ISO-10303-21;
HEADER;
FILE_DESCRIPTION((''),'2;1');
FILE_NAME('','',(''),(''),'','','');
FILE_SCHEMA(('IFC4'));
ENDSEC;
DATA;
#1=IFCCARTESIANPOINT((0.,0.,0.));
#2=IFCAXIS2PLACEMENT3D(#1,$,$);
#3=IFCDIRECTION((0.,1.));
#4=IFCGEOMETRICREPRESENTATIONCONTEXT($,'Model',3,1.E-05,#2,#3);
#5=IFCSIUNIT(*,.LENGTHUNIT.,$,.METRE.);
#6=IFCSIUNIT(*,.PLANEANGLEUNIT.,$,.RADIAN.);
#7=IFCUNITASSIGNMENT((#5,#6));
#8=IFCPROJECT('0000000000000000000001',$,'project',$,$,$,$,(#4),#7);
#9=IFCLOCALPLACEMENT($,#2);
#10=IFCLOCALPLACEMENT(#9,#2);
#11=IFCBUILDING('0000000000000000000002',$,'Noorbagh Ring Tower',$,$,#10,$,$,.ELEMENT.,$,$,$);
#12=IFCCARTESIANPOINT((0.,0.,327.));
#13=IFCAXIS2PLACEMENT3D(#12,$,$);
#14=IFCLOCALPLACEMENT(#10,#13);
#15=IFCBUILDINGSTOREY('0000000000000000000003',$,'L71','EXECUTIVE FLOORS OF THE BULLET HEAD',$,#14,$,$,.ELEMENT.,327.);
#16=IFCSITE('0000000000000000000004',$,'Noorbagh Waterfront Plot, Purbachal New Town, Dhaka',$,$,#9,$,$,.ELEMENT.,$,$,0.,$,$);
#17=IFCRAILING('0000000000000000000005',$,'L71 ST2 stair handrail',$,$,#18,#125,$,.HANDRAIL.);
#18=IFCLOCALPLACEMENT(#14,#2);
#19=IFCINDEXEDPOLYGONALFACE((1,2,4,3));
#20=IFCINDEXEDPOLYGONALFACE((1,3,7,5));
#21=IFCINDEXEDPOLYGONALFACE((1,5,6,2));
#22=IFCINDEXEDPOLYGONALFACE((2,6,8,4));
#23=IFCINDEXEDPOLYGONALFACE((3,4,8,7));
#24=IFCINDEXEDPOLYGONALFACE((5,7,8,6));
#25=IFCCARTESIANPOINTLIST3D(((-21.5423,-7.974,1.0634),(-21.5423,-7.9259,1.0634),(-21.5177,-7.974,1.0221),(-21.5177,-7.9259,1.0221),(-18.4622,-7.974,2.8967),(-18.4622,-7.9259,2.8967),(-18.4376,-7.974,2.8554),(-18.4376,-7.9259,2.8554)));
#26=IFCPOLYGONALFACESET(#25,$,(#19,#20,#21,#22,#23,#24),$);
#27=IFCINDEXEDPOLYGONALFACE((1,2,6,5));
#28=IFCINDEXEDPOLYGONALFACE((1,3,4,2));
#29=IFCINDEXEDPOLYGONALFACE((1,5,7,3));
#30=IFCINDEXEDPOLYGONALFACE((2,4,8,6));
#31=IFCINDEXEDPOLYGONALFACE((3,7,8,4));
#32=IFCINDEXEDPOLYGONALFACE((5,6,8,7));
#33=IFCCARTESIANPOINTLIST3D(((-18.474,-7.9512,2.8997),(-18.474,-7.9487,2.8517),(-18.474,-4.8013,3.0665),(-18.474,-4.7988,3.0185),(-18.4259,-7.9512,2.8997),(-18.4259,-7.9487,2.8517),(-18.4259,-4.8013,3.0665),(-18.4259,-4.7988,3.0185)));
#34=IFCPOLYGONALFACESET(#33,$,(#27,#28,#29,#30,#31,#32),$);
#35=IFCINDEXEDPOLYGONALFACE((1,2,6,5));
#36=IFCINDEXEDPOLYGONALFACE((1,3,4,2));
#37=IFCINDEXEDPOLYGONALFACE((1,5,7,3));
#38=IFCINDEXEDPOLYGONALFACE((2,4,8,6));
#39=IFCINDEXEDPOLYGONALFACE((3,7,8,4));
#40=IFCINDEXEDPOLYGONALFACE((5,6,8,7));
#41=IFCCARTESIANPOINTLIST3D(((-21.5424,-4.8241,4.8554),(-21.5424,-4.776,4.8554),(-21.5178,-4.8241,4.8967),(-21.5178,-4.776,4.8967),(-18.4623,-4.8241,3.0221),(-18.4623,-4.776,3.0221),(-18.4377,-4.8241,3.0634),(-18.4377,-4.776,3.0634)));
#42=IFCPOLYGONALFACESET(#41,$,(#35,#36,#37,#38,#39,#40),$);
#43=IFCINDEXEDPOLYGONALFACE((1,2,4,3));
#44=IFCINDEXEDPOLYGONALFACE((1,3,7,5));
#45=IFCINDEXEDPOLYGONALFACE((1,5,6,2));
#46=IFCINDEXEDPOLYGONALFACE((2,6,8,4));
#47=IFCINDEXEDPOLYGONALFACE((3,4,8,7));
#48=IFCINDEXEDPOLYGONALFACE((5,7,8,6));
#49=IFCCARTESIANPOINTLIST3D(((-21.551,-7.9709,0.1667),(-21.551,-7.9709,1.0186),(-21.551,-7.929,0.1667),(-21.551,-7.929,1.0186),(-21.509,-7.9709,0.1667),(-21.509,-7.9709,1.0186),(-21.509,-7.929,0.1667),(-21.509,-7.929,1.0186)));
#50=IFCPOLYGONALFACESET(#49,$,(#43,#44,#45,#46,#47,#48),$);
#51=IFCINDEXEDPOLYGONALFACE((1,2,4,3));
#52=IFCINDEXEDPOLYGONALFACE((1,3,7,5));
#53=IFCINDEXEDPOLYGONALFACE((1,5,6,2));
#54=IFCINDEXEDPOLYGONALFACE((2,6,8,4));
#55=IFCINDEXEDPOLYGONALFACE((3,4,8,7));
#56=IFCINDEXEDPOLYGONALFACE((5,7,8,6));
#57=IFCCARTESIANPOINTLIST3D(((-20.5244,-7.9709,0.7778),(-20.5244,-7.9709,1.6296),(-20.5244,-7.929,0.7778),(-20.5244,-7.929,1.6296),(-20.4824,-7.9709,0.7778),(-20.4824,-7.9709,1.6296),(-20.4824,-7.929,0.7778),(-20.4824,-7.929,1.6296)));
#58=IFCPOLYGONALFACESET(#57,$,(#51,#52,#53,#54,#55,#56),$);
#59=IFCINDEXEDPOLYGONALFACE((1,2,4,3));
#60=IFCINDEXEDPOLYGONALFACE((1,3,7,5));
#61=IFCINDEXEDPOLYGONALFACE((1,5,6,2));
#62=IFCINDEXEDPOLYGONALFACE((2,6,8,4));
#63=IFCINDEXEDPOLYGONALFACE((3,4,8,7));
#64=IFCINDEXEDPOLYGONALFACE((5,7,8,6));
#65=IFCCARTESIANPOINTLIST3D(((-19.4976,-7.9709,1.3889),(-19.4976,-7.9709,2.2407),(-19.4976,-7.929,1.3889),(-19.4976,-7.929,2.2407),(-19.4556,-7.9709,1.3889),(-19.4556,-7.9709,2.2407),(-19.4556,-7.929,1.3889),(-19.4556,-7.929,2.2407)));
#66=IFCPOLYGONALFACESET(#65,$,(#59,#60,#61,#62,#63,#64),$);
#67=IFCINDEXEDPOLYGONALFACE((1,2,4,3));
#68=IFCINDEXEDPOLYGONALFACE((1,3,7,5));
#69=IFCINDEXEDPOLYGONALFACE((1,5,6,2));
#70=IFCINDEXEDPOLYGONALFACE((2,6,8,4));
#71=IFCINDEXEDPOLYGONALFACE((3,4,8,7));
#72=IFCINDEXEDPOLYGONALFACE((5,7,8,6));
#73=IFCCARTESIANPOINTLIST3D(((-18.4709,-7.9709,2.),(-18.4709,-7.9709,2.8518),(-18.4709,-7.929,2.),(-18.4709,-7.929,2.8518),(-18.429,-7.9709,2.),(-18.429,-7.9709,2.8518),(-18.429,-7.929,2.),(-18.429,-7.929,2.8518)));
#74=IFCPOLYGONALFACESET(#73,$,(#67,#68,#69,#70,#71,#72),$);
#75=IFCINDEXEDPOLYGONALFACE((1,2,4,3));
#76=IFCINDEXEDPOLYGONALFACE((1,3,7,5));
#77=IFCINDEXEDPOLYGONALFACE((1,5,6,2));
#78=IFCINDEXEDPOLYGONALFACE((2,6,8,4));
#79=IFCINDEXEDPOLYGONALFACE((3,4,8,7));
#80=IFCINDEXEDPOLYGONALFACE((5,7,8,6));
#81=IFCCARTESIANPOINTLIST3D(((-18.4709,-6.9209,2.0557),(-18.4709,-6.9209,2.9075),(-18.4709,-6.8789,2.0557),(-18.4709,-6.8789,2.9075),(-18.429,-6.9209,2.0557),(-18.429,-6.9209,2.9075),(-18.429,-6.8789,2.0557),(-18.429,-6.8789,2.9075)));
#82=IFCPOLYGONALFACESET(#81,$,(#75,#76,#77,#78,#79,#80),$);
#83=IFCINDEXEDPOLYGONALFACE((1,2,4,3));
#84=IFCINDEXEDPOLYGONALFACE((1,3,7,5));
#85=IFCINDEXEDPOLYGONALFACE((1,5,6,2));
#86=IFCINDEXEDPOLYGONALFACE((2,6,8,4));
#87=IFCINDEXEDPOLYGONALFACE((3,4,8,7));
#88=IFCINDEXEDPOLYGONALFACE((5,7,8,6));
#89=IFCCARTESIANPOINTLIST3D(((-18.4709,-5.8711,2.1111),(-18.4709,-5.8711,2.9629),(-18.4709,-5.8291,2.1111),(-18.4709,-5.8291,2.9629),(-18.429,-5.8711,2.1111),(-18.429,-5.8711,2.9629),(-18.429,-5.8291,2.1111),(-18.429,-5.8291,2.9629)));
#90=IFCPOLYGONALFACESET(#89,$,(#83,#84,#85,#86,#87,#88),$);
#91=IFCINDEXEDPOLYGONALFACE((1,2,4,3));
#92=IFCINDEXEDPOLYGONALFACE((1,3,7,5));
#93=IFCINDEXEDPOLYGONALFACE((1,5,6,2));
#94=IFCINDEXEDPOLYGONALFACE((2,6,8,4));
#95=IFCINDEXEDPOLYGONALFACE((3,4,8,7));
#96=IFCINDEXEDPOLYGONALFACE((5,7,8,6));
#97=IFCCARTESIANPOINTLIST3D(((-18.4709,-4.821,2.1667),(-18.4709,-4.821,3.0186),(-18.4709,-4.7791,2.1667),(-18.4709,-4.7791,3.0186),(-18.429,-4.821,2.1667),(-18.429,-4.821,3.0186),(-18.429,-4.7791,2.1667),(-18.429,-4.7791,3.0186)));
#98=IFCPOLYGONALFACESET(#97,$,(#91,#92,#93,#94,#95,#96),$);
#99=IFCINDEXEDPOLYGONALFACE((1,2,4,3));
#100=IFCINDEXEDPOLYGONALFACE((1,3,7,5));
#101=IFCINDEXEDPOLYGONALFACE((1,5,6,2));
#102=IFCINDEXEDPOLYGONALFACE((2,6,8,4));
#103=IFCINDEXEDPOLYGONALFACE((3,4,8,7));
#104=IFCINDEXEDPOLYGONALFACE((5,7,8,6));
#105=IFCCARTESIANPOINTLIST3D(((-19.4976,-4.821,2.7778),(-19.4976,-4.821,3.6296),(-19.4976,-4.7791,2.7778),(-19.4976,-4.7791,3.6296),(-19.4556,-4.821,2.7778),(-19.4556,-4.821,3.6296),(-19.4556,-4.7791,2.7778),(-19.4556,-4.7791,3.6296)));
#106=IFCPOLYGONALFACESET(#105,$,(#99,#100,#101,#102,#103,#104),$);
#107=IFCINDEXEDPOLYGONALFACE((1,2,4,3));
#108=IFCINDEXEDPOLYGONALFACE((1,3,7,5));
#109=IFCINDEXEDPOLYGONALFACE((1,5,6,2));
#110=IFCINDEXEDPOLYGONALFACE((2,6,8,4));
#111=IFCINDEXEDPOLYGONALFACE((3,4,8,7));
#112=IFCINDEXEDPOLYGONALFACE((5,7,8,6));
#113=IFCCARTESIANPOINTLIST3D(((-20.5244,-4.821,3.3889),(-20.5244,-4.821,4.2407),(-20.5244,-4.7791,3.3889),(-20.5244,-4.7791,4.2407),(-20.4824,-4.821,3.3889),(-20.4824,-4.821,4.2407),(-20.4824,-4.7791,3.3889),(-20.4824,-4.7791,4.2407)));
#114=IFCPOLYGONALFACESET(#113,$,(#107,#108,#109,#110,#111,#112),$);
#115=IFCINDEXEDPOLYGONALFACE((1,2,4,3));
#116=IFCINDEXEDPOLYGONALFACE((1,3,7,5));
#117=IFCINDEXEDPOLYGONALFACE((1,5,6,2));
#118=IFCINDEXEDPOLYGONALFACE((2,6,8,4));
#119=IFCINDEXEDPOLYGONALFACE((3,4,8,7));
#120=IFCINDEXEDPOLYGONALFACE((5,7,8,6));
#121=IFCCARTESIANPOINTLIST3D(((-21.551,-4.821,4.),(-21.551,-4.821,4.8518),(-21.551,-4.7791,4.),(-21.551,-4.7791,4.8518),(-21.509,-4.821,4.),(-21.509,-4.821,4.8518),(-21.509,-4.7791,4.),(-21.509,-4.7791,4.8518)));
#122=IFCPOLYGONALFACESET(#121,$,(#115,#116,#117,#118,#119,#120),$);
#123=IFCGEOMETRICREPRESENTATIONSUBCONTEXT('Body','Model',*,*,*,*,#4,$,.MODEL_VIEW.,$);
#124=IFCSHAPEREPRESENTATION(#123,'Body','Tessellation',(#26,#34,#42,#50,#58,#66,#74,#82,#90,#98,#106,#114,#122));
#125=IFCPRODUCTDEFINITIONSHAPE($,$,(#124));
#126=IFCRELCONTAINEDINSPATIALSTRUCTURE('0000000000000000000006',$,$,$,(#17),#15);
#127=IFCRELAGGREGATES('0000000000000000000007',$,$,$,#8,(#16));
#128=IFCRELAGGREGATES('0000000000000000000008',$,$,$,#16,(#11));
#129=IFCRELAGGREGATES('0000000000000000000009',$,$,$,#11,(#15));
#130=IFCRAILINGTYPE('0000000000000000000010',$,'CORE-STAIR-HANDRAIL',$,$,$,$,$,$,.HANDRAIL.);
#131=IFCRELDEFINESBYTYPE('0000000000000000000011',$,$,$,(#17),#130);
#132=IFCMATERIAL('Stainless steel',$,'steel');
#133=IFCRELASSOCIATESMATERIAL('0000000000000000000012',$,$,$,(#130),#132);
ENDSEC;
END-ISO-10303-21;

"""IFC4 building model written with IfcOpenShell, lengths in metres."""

from ifc_helpers import new_model, si_unit, direction, frame, origin, origin_2d, place, context, subcontext, project, spatial, rectangle, extrude, material, type_object, element, save


model = new_model("IFC4")

# Units and contexts
model_context = context("Model", 3, precision=1e-05, world=origin(), true_north=direction((0.0, 1.0)))
body_context = subcontext(model_context, "Body", "Model", "MODEL_VIEW")
ifc_project = project(units=[si_unit("LENGTHUNIT", "METRE"), si_unit("PLANEANGLEUNIT", "RADIAN")], contexts=[model_context])

# Site, building, storey
site_placement = place(None, origin())
site = spatial("IfcSite", under=ifc_project, at=site_placement, Name="Noorbagh Waterfront Plot, Purbachal New Town, Dhaka", CompositionType="ELEMENT", RefElevation=0.0)
building_placement = place(site_placement, origin())
building = spatial("IfcBuilding", under=site, at=building_placement, Name="Noorbagh Ring Tower", CompositionType="ELEMENT")
storey_placement = place(building_placement, frame((0.0, 0.0, 327.0)))
storey = spatial("IfcBuildingStorey", under=building, at=storey_placement, Name="L71", Description="EXECUTIVE FLOORS OF THE BULLET HEAD", CompositionType="ELEMENT", Elevation=327.0)

# Railing
ifc_material_1 = material(Name="Stainless steel", Category="steel")
railing_type_1 = type_object("IfcRailingType", Name="CORE-STAIR-HANDRAIL", PredefinedType="HANDRAIL", material=ifc_material_1)
railing_1_placement = place(storey_placement, frame((-21.53, -7.95, 0.1667)))
element("IfcRailing", 1, at=railing_1_placement, inside=storey, type_object=railing_type_1, Name="L71 ST2 stair handrail", PredefinedType="HANDRAIL", context=body_context, shape_type="SweptSolid", body=[
    extrude(rectangle(XDim=0.0481, YDim=0.0481, at=origin_2d()), frame((0.0, 0.0, 0.876), z_axis=(0.859309, 0.0, 0.511458), x_axis=(0.0, 1.0, 0.0)), (0.0, 0.0, 1.0), 3.5845),
    extrude(rectangle(XDim=0.0481, YDim=0.0481, at=origin_2d()), frame((3.0801, 0.0, 2.709), z_axis=(0.0, 0.998602, 0.052864), x_axis=(-1.0, 0.0, 0.0)), (0.0, 0.0, 1.0), 3.1543),
    extrude(rectangle(XDim=0.0481, YDim=0.0481, at=origin_2d()), frame((3.0801, 3.1499, 2.876), z_axis=(-0.859309, 0.0, 0.511458), x_axis=(0.0, -1.0, 0.0)), (0.0, 0.0, 1.0), 3.5845),
    extrude(rectangle(XDim=0.042, YDim=0.042, at=origin_2d()), origin(), (0.0, 0.0, 1.0), 0.8518),
    extrude(rectangle(XDim=0.042, YDim=0.042, at=origin_2d()), frame((1.0266, 0.0, 0.6111)), (0.0, 0.0, 1.0), 0.8518),
    extrude(rectangle(XDim=0.042, YDim=0.042, at=origin_2d()), frame((2.0535, 0.0, 1.2222)), (0.0, 0.0, 1.0), 0.8518),
    extrude(rectangle(XDim=0.042, YDim=0.042, at=origin_2d()), frame((3.0801, 0.0, 1.8333)), (0.0, 0.0, 1.0), 0.8518),
    extrude(rectangle(XDim=0.042, YDim=0.042, at=origin_2d()), frame((3.0801, 1.05, 1.8889)), (0.0, 0.0, 1.0), 0.8518),
    extrude(rectangle(XDim=0.042, YDim=0.042, at=origin_2d()), frame((3.0801, 2.0999, 1.9443)), (0.0, 0.0, 1.0), 0.8518),
    extrude(rectangle(XDim=0.042, YDim=0.042, at=origin_2d()), frame((3.0801, 3.1499, 2.0)), (0.0, 0.0, 1.0), 0.8518),
    extrude(rectangle(XDim=0.042, YDim=0.042, at=origin_2d()), frame((2.0535, 3.1499, 2.6111)), (0.0, 0.0, 1.0), 0.8518),
    extrude(rectangle(XDim=0.042, YDim=0.042, at=origin_2d()), frame((1.0266, 3.1499, 3.2222)), (0.0, 0.0, 1.0), 0.8518),
    extrude(rectangle(XDim=0.042, YDim=0.042, at=origin_2d()), frame((0.0, 3.1499, 3.8333)), (0.0, 0.0, 1.0), 0.8518),
])

save(model, "model.ifc")
